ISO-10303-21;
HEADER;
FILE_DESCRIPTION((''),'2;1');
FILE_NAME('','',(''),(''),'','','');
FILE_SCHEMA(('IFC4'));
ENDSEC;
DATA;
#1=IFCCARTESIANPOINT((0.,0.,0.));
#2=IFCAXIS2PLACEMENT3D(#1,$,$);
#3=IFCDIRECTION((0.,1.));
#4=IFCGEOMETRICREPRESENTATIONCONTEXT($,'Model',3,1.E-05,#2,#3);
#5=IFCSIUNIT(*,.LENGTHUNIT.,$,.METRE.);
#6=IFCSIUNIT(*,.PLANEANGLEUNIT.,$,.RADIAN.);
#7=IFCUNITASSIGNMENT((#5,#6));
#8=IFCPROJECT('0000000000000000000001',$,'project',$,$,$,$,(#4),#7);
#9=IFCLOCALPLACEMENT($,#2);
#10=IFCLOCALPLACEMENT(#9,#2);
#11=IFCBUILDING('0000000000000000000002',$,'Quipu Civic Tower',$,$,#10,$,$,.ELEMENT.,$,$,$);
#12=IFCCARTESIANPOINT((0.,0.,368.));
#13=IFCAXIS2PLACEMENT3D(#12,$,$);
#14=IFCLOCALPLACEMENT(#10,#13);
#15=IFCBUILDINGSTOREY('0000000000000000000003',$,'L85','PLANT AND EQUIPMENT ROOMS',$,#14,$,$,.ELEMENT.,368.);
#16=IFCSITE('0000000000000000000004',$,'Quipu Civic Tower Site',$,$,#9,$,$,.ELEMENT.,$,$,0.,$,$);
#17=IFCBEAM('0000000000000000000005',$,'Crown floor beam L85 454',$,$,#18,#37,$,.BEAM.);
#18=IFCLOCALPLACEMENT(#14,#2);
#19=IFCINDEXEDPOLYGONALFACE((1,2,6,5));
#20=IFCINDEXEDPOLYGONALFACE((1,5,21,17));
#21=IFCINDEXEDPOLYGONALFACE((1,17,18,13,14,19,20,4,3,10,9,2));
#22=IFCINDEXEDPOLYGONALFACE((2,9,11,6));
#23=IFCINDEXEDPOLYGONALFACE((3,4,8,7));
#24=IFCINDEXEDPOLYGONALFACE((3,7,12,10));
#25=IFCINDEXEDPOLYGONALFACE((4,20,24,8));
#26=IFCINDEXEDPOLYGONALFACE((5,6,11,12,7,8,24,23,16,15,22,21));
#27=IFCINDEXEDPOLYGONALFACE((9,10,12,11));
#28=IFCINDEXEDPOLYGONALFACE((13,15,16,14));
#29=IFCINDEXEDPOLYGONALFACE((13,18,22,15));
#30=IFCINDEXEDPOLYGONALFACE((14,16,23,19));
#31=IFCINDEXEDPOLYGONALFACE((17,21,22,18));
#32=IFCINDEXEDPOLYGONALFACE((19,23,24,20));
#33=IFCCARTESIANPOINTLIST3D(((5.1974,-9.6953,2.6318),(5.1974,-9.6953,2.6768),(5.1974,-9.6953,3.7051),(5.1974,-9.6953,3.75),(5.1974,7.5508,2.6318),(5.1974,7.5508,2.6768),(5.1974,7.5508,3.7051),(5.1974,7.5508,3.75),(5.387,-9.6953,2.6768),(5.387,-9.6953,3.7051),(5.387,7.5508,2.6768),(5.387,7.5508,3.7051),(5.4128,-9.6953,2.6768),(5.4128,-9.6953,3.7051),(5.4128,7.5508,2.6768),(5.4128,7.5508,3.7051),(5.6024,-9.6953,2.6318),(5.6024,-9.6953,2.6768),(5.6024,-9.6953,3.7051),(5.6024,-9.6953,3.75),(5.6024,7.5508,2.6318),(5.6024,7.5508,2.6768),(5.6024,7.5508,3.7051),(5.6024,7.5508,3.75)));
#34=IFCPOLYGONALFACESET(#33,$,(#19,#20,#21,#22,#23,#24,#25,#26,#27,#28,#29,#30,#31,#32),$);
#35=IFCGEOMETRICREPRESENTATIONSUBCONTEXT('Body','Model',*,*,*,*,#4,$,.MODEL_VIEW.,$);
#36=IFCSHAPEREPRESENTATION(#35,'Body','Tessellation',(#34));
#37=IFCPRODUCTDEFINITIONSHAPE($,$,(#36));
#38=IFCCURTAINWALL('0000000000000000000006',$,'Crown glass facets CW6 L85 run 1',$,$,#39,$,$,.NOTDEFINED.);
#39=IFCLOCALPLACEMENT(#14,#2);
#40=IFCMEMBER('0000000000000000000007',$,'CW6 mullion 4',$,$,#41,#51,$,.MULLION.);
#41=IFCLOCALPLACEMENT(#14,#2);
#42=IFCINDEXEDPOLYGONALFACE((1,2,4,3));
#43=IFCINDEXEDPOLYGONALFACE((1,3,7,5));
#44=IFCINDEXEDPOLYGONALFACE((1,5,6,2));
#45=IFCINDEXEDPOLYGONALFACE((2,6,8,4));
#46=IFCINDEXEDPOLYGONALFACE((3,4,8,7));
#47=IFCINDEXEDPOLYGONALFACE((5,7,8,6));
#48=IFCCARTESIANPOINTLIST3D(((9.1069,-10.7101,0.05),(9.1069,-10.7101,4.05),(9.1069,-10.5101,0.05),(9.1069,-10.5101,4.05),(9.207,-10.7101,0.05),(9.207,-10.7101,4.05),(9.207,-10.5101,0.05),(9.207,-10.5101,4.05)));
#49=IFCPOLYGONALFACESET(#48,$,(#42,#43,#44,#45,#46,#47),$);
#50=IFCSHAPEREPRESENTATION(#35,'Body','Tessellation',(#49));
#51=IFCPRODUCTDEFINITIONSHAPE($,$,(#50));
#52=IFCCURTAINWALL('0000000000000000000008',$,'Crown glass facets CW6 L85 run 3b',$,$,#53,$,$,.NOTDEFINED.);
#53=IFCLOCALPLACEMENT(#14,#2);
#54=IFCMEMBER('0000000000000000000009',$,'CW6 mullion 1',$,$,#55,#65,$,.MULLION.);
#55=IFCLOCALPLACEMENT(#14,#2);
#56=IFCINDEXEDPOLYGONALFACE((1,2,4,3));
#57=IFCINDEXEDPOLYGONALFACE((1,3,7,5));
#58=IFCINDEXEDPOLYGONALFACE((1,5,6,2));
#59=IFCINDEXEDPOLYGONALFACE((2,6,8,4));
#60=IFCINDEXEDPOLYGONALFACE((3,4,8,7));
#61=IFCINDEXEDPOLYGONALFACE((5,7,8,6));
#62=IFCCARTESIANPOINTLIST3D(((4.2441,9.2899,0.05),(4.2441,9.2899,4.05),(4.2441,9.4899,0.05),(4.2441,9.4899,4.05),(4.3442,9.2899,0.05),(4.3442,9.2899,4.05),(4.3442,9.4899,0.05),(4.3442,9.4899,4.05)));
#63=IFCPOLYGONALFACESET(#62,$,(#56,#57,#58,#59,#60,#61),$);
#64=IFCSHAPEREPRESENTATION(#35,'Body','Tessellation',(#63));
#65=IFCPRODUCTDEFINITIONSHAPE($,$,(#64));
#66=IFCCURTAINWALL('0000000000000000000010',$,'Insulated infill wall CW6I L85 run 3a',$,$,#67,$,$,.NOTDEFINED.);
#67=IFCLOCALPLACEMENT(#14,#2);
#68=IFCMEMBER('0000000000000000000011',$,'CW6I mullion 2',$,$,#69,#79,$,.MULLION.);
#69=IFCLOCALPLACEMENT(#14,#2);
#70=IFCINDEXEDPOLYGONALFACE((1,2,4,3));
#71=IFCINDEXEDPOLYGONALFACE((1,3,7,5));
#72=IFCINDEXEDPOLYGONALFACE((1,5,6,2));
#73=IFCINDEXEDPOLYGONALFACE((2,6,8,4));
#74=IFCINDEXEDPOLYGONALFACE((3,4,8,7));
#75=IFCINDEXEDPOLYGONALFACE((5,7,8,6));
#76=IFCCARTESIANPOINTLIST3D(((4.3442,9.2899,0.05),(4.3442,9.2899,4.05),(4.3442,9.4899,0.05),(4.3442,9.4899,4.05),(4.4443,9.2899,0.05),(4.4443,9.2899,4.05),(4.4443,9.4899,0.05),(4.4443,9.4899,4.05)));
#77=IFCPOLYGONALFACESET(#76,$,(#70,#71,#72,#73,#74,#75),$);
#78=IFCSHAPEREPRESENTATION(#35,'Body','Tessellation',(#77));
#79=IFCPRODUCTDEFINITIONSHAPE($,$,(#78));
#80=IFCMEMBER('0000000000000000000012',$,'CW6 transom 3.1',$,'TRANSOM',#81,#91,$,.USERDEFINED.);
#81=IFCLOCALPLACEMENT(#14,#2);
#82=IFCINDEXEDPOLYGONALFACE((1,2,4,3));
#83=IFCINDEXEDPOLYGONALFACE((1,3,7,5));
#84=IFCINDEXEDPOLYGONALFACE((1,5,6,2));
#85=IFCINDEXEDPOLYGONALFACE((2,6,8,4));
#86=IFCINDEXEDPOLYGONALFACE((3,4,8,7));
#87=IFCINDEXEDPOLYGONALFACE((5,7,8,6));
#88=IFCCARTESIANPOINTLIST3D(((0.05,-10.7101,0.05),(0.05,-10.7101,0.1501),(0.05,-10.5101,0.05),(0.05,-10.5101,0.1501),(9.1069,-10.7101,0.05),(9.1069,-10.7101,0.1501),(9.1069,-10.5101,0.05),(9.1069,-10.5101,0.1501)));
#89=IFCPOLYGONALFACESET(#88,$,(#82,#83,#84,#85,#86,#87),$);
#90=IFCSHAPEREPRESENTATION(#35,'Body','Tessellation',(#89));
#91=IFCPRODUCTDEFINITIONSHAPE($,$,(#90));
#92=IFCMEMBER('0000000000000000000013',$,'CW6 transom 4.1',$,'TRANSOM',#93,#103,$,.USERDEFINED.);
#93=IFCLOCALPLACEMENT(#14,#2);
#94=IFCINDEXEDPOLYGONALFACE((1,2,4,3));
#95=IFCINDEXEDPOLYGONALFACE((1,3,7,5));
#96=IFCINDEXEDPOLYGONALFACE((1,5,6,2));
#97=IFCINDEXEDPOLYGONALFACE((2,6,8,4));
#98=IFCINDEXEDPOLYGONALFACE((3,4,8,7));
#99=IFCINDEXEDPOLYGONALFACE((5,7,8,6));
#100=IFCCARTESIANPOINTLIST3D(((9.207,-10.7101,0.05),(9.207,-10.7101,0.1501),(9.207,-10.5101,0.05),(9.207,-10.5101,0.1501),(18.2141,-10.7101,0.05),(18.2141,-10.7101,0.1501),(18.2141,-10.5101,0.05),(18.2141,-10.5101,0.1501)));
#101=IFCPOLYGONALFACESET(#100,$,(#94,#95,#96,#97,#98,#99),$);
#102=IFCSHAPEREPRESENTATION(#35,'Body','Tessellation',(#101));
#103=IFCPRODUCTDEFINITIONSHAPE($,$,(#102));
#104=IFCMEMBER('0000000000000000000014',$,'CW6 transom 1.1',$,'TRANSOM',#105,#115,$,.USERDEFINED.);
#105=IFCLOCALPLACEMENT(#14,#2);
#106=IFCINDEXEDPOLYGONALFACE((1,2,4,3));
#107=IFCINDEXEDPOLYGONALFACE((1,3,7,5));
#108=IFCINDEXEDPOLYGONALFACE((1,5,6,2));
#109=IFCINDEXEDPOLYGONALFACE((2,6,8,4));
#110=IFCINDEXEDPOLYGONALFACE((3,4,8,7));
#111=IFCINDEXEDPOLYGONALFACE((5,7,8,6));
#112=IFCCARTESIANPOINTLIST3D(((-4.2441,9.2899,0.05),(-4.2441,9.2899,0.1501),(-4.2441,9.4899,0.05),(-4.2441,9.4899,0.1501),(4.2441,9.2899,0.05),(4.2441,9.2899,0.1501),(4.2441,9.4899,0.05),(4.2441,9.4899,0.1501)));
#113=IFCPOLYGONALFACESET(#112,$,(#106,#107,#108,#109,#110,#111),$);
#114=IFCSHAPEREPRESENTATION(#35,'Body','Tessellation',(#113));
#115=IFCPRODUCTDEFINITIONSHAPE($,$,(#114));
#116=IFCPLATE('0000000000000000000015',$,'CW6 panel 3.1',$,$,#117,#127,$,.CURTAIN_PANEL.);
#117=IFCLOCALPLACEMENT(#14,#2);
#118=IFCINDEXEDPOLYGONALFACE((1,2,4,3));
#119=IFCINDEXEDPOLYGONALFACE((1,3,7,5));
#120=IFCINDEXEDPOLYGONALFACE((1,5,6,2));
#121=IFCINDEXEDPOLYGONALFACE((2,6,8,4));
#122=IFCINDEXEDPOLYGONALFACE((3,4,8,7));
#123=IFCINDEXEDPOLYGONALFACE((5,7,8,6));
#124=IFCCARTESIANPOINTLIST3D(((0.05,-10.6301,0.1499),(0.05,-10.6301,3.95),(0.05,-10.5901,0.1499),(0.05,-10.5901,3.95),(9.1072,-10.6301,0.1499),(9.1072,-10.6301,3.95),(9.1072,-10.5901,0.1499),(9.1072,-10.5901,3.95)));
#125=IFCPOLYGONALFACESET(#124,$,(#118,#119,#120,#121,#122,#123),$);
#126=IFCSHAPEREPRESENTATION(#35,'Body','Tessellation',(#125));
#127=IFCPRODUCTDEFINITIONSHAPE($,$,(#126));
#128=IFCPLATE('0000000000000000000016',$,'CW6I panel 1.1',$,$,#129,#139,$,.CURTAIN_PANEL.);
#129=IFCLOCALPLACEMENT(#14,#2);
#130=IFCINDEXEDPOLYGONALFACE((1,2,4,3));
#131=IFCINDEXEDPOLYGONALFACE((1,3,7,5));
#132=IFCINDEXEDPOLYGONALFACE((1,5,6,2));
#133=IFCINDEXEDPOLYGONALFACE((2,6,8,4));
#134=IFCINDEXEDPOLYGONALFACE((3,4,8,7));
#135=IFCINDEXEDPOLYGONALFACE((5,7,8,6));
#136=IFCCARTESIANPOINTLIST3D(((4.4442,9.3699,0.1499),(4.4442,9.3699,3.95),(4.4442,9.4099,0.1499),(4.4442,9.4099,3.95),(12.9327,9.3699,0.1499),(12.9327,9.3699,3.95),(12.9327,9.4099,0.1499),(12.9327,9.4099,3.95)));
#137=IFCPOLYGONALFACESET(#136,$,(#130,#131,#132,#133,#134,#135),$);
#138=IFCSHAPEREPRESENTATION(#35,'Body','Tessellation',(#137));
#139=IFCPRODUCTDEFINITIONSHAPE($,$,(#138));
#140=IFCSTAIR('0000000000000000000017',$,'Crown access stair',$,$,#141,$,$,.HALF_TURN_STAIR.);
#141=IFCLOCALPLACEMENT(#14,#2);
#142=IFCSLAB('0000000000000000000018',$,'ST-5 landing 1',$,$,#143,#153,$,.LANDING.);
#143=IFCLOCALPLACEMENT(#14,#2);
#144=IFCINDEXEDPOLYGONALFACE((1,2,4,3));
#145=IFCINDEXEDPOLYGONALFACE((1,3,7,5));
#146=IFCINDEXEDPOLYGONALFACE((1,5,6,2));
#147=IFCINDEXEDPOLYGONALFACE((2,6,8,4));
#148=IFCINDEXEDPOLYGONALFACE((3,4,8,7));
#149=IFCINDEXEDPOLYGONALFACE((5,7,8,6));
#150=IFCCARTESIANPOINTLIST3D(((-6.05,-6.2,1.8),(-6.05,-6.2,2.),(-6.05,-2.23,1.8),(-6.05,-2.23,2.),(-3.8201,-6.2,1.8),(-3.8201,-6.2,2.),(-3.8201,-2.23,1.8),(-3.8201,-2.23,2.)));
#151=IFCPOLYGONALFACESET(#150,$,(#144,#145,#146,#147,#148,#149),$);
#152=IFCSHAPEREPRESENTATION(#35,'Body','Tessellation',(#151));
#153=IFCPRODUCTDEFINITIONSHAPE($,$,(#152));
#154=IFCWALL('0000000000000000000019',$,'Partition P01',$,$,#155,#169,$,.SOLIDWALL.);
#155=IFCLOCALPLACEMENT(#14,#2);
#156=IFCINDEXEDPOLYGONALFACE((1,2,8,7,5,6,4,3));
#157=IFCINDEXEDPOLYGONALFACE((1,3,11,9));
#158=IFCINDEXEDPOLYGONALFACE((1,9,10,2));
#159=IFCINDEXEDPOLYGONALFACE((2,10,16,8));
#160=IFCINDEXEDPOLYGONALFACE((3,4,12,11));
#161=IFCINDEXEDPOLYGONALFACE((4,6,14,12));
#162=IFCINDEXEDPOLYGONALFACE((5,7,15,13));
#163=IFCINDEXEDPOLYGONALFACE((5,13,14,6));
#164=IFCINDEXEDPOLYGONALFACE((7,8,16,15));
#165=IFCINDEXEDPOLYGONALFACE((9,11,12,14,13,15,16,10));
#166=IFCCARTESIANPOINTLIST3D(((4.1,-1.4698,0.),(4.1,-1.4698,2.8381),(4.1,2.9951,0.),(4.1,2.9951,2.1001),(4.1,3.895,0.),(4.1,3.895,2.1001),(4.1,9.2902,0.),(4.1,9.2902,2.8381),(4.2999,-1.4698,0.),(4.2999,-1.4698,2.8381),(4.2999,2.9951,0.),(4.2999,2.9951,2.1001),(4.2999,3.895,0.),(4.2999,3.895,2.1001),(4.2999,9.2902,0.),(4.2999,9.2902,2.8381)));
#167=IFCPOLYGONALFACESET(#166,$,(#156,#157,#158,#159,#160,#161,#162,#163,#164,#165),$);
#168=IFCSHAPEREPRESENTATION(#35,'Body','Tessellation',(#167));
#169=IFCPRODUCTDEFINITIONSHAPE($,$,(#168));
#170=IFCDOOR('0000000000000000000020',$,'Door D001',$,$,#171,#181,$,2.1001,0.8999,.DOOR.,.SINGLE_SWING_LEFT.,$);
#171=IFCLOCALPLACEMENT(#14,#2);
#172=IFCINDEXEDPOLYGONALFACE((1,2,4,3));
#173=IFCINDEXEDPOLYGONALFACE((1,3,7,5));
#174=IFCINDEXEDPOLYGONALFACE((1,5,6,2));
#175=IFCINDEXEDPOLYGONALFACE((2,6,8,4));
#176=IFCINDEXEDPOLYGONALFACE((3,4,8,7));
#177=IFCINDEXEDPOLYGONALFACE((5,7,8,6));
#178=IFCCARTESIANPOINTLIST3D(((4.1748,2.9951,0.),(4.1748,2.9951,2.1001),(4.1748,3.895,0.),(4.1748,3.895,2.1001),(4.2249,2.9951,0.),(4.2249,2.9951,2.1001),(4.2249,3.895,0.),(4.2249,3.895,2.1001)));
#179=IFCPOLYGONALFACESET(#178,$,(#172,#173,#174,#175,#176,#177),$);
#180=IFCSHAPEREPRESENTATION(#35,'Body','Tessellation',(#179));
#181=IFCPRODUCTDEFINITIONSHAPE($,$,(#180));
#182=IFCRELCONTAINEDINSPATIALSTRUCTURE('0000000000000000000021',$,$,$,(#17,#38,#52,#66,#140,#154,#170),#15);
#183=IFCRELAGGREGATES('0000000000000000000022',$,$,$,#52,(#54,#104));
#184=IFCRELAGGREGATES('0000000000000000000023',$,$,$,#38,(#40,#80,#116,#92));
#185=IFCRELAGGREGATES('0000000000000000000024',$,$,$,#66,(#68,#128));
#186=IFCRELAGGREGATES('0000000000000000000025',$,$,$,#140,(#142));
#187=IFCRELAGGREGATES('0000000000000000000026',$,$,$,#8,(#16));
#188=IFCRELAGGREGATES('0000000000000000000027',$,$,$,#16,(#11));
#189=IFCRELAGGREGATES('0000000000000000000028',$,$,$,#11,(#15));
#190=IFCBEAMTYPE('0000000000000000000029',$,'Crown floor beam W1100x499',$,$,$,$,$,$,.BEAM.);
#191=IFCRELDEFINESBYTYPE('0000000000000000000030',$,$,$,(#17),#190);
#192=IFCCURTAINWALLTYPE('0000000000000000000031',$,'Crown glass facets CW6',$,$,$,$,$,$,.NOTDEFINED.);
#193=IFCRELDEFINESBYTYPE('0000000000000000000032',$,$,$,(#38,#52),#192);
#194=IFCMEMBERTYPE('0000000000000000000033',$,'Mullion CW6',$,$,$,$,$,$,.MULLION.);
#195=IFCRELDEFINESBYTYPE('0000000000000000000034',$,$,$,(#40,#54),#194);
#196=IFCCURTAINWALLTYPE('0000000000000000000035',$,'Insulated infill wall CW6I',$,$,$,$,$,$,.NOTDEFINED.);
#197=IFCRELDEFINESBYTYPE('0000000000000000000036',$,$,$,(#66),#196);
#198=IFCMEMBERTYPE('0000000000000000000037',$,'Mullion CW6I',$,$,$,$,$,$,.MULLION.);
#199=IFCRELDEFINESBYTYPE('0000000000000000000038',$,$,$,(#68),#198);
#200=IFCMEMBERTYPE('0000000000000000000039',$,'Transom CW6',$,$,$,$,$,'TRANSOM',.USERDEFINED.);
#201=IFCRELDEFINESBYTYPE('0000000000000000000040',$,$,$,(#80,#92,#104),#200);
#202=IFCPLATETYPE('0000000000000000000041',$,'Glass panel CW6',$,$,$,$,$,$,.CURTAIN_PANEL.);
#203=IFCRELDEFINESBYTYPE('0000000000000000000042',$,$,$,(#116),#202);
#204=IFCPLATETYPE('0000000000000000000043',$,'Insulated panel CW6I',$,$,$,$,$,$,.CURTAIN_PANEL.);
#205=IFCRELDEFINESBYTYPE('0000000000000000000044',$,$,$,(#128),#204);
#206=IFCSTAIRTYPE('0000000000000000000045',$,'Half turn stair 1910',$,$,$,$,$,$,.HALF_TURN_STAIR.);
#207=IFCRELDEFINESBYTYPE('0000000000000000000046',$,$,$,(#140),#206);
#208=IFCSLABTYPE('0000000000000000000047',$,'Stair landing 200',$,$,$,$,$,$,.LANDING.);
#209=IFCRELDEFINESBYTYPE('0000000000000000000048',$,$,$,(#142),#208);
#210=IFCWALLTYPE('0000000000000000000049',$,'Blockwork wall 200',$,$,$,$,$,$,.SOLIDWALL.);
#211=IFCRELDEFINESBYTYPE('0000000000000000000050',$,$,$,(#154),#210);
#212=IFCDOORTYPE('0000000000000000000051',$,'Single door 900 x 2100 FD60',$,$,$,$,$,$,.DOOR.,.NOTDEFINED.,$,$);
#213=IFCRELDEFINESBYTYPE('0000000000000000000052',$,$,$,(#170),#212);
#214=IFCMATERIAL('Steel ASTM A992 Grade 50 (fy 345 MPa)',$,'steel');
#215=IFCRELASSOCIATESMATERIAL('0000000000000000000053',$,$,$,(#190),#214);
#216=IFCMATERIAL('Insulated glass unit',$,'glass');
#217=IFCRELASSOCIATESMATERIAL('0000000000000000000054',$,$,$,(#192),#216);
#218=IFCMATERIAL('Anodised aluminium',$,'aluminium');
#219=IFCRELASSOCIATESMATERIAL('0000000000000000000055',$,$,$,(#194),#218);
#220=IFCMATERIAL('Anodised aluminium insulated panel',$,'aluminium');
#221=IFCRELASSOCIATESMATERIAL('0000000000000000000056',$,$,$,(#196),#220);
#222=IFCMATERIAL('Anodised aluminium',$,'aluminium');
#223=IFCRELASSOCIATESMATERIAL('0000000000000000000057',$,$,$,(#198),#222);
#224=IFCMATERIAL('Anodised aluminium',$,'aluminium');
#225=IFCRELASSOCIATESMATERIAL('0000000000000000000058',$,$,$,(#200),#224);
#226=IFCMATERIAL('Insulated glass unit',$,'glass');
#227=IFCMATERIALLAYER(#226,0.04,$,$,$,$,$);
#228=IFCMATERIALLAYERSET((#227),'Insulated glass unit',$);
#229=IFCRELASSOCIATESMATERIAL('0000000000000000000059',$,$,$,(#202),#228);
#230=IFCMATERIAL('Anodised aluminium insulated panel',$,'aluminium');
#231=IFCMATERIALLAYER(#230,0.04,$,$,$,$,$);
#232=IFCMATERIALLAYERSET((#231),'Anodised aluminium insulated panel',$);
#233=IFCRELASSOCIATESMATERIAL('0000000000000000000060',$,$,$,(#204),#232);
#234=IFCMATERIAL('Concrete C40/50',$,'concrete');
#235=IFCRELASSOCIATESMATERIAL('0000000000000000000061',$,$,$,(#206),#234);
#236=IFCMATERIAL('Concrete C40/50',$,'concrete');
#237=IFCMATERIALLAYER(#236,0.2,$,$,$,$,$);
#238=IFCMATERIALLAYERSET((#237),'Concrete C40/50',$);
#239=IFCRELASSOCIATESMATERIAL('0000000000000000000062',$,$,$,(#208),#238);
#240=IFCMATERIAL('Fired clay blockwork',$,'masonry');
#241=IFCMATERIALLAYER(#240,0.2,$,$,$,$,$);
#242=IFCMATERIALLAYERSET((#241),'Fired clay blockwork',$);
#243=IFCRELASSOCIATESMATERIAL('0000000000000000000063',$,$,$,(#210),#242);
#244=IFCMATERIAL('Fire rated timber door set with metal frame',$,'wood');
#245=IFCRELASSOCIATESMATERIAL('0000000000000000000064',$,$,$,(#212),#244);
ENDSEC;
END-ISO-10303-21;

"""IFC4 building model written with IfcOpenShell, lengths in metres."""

from ifc_helpers import new_model, si_unit, direction, frame, frame_2d, origin, origin_2d, place, context, subcontext, project, spatial, polyline, rectangle, i_section, outline, extrude, material, layer, layer_set, material_profile, profile_set, type_object, element, fill, aggregate, save


model = new_model("IFC4")

# Units and contexts
model_context = context("Model", 3, precision=1e-05, world=origin(), true_north=direction((0.0, 1.0)))
body_context = subcontext(model_context, "Body", "Model", "MODEL_VIEW")
ifc_project = project(units=[si_unit("LENGTHUNIT", "METRE"), si_unit("PLANEANGLEUNIT", "RADIAN")], contexts=[model_context])

# Site, building, storey
site_placement = place(None, origin())
site = spatial("IfcSite", under=ifc_project, at=site_placement, Name="Quipu Civic Tower Site", CompositionType="ELEMENT", RefElevation=0.0)
building_placement = place(site_placement, origin())
building = spatial("IfcBuilding", under=site, at=building_placement, Name="Quipu Civic Tower", CompositionType="ELEMENT")
storey_placement = place(building_placement, frame((0.0, 0.0, 368.0)))
storey = spatial("IfcBuildingStorey", under=building, at=storey_placement, Name="L85", Description="PLANT AND EQUIPMENT ROOMS", CompositionType="ELEMENT", Elevation=368.0)

# Beam
ifc_material_1 = material(Name="Steel ASTM A992 Grade 50 (fy 345 MPa)", Category="steel")
ifc_material_profile_1 = material_profile(ifc_material_1, i_section(OverallWidth=0.405, OverallDepth=1.1182, WebThickness=0.0259, FlangeThickness=0.0449, at=origin_2d()), Name="W1100x499")
ifc_profile_set_1 = profile_set([ifc_material_profile_1], Name="Steel ASTM A992 Grade 50 (fy 345 MPa)")
beam_type = type_object("IfcBeamType", Name="Crown floor beam W1100x499", PredefinedType="BEAM", material=ifc_profile_set_1)
beam_placement = place(storey_placement, frame((5.3999, -9.6953, 3.1909), z_axis=(0.0, 1.0, 0.0), x_axis=(-1.0, 0.0, 0.0)))
element("IfcBeam", 1, at=beam_placement, inside=storey, type_object=beam_type, Name="Crown floor beam L85 454", PredefinedType="BEAM", context=body_context, shape_type="SweptSolid", body=[
    extrude(i_section(OverallWidth=0.405, OverallDepth=1.1182, WebThickness=0.0259, FlangeThickness=0.0449, at=origin_2d()), origin(), (0.0, 0.0, 1.0), 17.2461),
])

# Curtain walls, members
ifc_material_2 = material(Name="Insulated glass unit", Category="glass")
curtain_wall_type_1 = type_object("IfcCurtainWallType", Name="Crown glass facets CW6", PredefinedType="NOTDEFINED", material=ifc_material_2)
curtain_wall_1_placement = place(storey_placement, origin())
curtain_wall_1 = element("IfcCurtainWall", 2, at=curtain_wall_1_placement, inside=storey, type_object=curtain_wall_type_1, Name="Crown glass facets CW6 L85 run 1", PredefinedType="NOTDEFINED")
ifc_material_3 = material(Name="Anodised aluminium", Category="aluminium")
ifc_material_profile_2 = material_profile(ifc_material_3, rectangle(XDim=0.2, YDim=0.1001, at=origin_2d()), Name="RECT 200x100")
ifc_profile_set_2 = profile_set([ifc_material_profile_2], Name="Anodised aluminium")
member_type_1 = type_object("IfcMemberType", Name="Mullion CW6", PredefinedType="MULLION", material=ifc_profile_set_2)
member_1_placement = place(storey_placement, frame((9.157, -10.6101, 0.05), z_axis=(0.0, 0.0, 1.0), x_axis=(0.0, 1.0, 0.0)))
member_1 = element("IfcMember", 3, at=member_1_placement, type_object=member_type_1, Name="CW6 mullion 4", PredefinedType="MULLION", context=body_context, shape_type="SweptSolid", body=[
    extrude(rectangle(XDim=0.2, YDim=0.1001, at=origin_2d()), origin(), (0.0, 0.0, 1.0), 4.0),
])
curtain_wall_2_placement = place(storey_placement, origin())
curtain_wall_2 = element("IfcCurtainWall", 4, at=curtain_wall_2_placement, inside=storey, type_object=curtain_wall_type_1, Name="Crown glass facets CW6 L85 run 3b", PredefinedType="NOTDEFINED")
member_2_placement = place(storey_placement, frame((4.2942, 9.3899, 0.05), z_axis=(0.0, 0.0, 1.0), x_axis=(0.0, -1.0, 0.0)))
member_2 = element("IfcMember", 5, at=member_2_placement, type_object=member_type_1, Name="CW6 mullion 1", PredefinedType="MULLION", context=body_context, shape_type="SweptSolid", body=[
    extrude(rectangle(XDim=0.2, YDim=0.1001, at=origin_2d()), origin(), (0.0, 0.0, 1.0), 4.0),
])
ifc_material_4 = material(Name="Anodised aluminium insulated panel", Category="aluminium")
curtain_wall_type_2 = type_object("IfcCurtainWallType", Name="Insulated infill wall CW6I", PredefinedType="NOTDEFINED", material=ifc_material_4)
curtain_wall_3_placement = place(storey_placement, origin())
curtain_wall_3 = element("IfcCurtainWall", 6, at=curtain_wall_3_placement, inside=storey, type_object=curtain_wall_type_2, Name="Insulated infill wall CW6I L85 run 3a", PredefinedType="NOTDEFINED")
ifc_material_5 = material(Name="Anodised aluminium", Category="aluminium")
ifc_material_profile_3 = material_profile(ifc_material_5, rectangle(XDim=0.2, YDim=0.1001, at=origin_2d()), Name="RECT 200x100")
ifc_profile_set_3 = profile_set([ifc_material_profile_3], Name="Anodised aluminium")
member_type_2 = type_object("IfcMemberType", Name="Mullion CW6I", PredefinedType="MULLION", material=ifc_profile_set_3)
member_3_placement = place(storey_placement, frame((4.3943, 9.3899, 0.05), z_axis=(0.0, 0.0, 1.0), x_axis=(0.0, -1.0, 0.0)))
member_3 = element("IfcMember", 7, at=member_3_placement, type_object=member_type_2, Name="CW6I mullion 2", PredefinedType="MULLION", context=body_context, shape_type="SweptSolid", body=[
    extrude(rectangle(XDim=0.2, YDim=0.1001, at=origin_2d()), origin(), (0.0, 0.0, 1.0), 4.0),
])

# Members
ifc_material_6 = material(Name="Anodised aluminium", Category="aluminium")
ifc_material_profile_4 = material_profile(ifc_material_6, rectangle(XDim=0.2, YDim=0.1001, at=origin_2d()), Name="RECT 200x100")
ifc_profile_set_4 = profile_set([ifc_material_profile_4], Name="Anodised aluminium")
member_type_3 = type_object("IfcMemberType", Name="Transom CW6", ElementType="TRANSOM", PredefinedType="USERDEFINED", material=ifc_profile_set_4)
member_4_placement = place(storey_placement, frame((0.05, -10.6101, 0.1001), z_axis=(1.0, 0.0, 0.0), x_axis=(0.0, 1.0, 0.0)))
member_4 = element("IfcMember", 8, at=member_4_placement, type_object=member_type_3, Name="CW6 transom 3.1", ObjectType="TRANSOM", PredefinedType="USERDEFINED", context=body_context, shape_type="SweptSolid", body=[
    extrude(rectangle(XDim=0.2, YDim=0.1001, at=origin_2d()), origin(), (0.0, 0.0, 1.0), 9.0569),
])
member_5_placement = place(storey_placement, frame((9.207, -10.6101, 0.1001), z_axis=(1.0, 0.0, 0.0), x_axis=(0.0, 1.0, 0.0)))
member_5 = element("IfcMember", 9, at=member_5_placement, type_object=member_type_3, Name="CW6 transom 4.1", ObjectType="TRANSOM", PredefinedType="USERDEFINED", context=body_context, shape_type="SweptSolid", body=[
    extrude(rectangle(XDim=0.2, YDim=0.1001, at=origin_2d()), origin(), (0.0, 0.0, 1.0), 9.0071),
])
member_6_placement = place(storey_placement, frame((4.2441, 9.3899, 0.1001), z_axis=(-1.0, 0.0, 0.0), x_axis=(0.0, -1.0, 0.0)))
member_6 = element("IfcMember", 10, at=member_6_placement, type_object=member_type_3, Name="CW6 transom 1.1", ObjectType="TRANSOM", PredefinedType="USERDEFINED", context=body_context, shape_type="SweptSolid", body=[
    extrude(rectangle(XDim=0.2, YDim=0.1001, at=origin_2d()), origin(), (0.0, 0.0, 1.0), 8.4883),
])
aggregate(curtain_wall_2, [member_2, member_6])

# Plates
ifc_material_7 = material(Name="Insulated glass unit", Category="glass")
ifc_layer_1 = layer(ifc_material_7, 0.04)
ifc_layer_set_1 = layer_set([ifc_layer_1], Name="Insulated glass unit")
plate_type_1 = type_object("IfcPlateType", Name="Glass panel CW6", PredefinedType="CURTAIN_PANEL", material=ifc_layer_set_1)
plate_1_placement = place(storey_placement, frame((4.5786, -10.6101, 0.1499), z_axis=(0.0, 0.0, 1.0), x_axis=(1.0, 0.0, 0.0)))
plate_1 = element("IfcPlate", 11, at=plate_1_placement, type_object=plate_type_1, Name="CW6 panel 3.1", PredefinedType="CURTAIN_PANEL", context=body_context, shape_type="SweptSolid", body=[
    extrude(rectangle(XDim=9.0571, YDim=0.04, at=origin_2d()), origin(), (0.0, 0.0, 1.0), 3.8),
])
aggregate(curtain_wall_1, [member_1, member_4, plate_1, member_5])
ifc_material_8 = material(Name="Anodised aluminium insulated panel", Category="aluminium")
ifc_layer_2 = layer(ifc_material_8, 0.04)
ifc_layer_set_2 = layer_set([ifc_layer_2], Name="Anodised aluminium insulated panel")
plate_type_2 = type_object("IfcPlateType", Name="Insulated panel CW6I", PredefinedType="CURTAIN_PANEL", material=ifc_layer_set_2)
plate_2_placement = place(storey_placement, frame((8.6885, 9.3899, 0.1499), z_axis=(0.0, 0.0, 1.0), x_axis=(-1.0, 0.0, 0.0)))
plate_2 = element("IfcPlate", 12, at=plate_2_placement, type_object=plate_type_2, Name="CW6I panel 1.1", PredefinedType="CURTAIN_PANEL", context=body_context, shape_type="SweptSolid", body=[
    extrude(rectangle(XDim=8.4885, YDim=0.04, at=origin_2d()), origin(), (0.0, 0.0, 1.0), 3.8),
])
aggregate(curtain_wall_3, [member_3, plate_2])

# Stair, slab
ifc_material_9 = material(Name="Concrete C40/50", Category="concrete")
stair_type = type_object("IfcStairType", Name="Half turn stair 1910", PredefinedType="HALF_TURN_STAIR", material=ifc_material_9)
stair_placement = place(storey_placement, origin())
stair = element("IfcStair", 13, at=stair_placement, inside=storey, type_object=stair_type, Name="Crown access stair", PredefinedType="HALF_TURN_STAIR")
ifc_material_10 = material(Name="Concrete C40/50", Category="concrete")
ifc_layer_3 = layer(ifc_material_10, 0.2)
ifc_layer_set_3 = layer_set([ifc_layer_3], Name="Concrete C40/50")
slab_type = type_object("IfcSlabType", Name="Stair landing 200", PredefinedType="LANDING", material=ifc_layer_set_3)
slab_placement = place(storey_placement, frame((0.0, 0.0, 1.8)))
slab = element("IfcSlab", 14, at=slab_placement, type_object=slab_type, Name="ST-5 landing 1", PredefinedType="LANDING", context=body_context, shape_type="SweptSolid", body=[
    extrude(outline(polyline([(-3.8201, -2.23), (-6.05, -2.23), (-6.05, -6.2), (-3.8201, -6.2), (-3.8201, -2.23)])), origin(), (0.0, 0.0, 1.0), 0.2),
])
aggregate(stair, [slab])

# Wall, opening, door
ifc_material_11 = material(Name="Fired clay blockwork", Category="masonry")
ifc_layer_4 = layer(ifc_material_11, 0.2)
ifc_layer_set_4 = layer_set([ifc_layer_4], Name="Fired clay blockwork")
wall_type_1 = type_object("IfcWallType", Name="Blockwork wall 200", PredefinedType="SOLIDWALL", material=ifc_layer_set_4)
wall_1_placement = place(storey_placement, frame((4.2, 9.29, 0.0), z_axis=(0.0, 0.0, 1.0), x_axis=(0.0, -1.0, 0.0)))
wall_1 = element("IfcWall", 15, at=wall_1_placement, inside=storey, type_object=wall_type_1, Name="Partition P01", PredefinedType="SOLIDWALL", context=body_context, shape_type="SweptSolid", body=[
    extrude(rectangle(XDim=10.76, YDim=0.2, at=frame_2d((5.3799, 0.0))), origin(), (0.0, 0.0, 1.0), 2.8381),
])
opening_1_placement = place(wall_1_placement, frame((5.395, 0.0, 0.0)))
opening_1 = element("IfcOpeningElement", 16, at=opening_1_placement, cuts=wall_1, PredefinedType="OPENING", context=body_context, shape_type="SweptSolid", body=[
    extrude(rectangle(XDim=0.8999, YDim=2.1001, at=frame_2d((0.45, 1.05))), frame((0.0, 0.1099, 0.0), z_axis=(0.0, -1.0, 0.0), x_axis=(1.0, 0.0, 0.0)), (0.0, 0.0, 1.0), 0.22),
])
ifc_material_12 = material(Name="Fire rated timber door set with metal frame", Category="wood")
door_type_1 = type_object("IfcDoorType", Name="Single door 900 x 2100 FD60", OperationType="NOTDEFINED", PredefinedType="DOOR", material=ifc_material_12)
door_1_placement = place(opening_1_placement, origin())
door_1 = element("IfcDoor", 17, at=door_1_placement, inside=storey, type_object=door_type_1, Name="Door D001", OperationType="SINGLE_SWING_LEFT", OverallHeight=2.1001, OverallWidth=0.8999, PredefinedType="DOOR", context=body_context, shape_type="SweptSolid", body=[
    extrude(rectangle(XDim=0.8999, YDim=2.1001, at=frame_2d((0.45, 1.05))), frame((0.0, 0.0249, 0.0), z_axis=(0.0, -1.0, 0.0), x_axis=(1.0, 0.0, 0.0)), (0.0, 0.0, 1.0), 0.05),
])
fill(opening_1, door_1)

save(model, "model.ifc")
